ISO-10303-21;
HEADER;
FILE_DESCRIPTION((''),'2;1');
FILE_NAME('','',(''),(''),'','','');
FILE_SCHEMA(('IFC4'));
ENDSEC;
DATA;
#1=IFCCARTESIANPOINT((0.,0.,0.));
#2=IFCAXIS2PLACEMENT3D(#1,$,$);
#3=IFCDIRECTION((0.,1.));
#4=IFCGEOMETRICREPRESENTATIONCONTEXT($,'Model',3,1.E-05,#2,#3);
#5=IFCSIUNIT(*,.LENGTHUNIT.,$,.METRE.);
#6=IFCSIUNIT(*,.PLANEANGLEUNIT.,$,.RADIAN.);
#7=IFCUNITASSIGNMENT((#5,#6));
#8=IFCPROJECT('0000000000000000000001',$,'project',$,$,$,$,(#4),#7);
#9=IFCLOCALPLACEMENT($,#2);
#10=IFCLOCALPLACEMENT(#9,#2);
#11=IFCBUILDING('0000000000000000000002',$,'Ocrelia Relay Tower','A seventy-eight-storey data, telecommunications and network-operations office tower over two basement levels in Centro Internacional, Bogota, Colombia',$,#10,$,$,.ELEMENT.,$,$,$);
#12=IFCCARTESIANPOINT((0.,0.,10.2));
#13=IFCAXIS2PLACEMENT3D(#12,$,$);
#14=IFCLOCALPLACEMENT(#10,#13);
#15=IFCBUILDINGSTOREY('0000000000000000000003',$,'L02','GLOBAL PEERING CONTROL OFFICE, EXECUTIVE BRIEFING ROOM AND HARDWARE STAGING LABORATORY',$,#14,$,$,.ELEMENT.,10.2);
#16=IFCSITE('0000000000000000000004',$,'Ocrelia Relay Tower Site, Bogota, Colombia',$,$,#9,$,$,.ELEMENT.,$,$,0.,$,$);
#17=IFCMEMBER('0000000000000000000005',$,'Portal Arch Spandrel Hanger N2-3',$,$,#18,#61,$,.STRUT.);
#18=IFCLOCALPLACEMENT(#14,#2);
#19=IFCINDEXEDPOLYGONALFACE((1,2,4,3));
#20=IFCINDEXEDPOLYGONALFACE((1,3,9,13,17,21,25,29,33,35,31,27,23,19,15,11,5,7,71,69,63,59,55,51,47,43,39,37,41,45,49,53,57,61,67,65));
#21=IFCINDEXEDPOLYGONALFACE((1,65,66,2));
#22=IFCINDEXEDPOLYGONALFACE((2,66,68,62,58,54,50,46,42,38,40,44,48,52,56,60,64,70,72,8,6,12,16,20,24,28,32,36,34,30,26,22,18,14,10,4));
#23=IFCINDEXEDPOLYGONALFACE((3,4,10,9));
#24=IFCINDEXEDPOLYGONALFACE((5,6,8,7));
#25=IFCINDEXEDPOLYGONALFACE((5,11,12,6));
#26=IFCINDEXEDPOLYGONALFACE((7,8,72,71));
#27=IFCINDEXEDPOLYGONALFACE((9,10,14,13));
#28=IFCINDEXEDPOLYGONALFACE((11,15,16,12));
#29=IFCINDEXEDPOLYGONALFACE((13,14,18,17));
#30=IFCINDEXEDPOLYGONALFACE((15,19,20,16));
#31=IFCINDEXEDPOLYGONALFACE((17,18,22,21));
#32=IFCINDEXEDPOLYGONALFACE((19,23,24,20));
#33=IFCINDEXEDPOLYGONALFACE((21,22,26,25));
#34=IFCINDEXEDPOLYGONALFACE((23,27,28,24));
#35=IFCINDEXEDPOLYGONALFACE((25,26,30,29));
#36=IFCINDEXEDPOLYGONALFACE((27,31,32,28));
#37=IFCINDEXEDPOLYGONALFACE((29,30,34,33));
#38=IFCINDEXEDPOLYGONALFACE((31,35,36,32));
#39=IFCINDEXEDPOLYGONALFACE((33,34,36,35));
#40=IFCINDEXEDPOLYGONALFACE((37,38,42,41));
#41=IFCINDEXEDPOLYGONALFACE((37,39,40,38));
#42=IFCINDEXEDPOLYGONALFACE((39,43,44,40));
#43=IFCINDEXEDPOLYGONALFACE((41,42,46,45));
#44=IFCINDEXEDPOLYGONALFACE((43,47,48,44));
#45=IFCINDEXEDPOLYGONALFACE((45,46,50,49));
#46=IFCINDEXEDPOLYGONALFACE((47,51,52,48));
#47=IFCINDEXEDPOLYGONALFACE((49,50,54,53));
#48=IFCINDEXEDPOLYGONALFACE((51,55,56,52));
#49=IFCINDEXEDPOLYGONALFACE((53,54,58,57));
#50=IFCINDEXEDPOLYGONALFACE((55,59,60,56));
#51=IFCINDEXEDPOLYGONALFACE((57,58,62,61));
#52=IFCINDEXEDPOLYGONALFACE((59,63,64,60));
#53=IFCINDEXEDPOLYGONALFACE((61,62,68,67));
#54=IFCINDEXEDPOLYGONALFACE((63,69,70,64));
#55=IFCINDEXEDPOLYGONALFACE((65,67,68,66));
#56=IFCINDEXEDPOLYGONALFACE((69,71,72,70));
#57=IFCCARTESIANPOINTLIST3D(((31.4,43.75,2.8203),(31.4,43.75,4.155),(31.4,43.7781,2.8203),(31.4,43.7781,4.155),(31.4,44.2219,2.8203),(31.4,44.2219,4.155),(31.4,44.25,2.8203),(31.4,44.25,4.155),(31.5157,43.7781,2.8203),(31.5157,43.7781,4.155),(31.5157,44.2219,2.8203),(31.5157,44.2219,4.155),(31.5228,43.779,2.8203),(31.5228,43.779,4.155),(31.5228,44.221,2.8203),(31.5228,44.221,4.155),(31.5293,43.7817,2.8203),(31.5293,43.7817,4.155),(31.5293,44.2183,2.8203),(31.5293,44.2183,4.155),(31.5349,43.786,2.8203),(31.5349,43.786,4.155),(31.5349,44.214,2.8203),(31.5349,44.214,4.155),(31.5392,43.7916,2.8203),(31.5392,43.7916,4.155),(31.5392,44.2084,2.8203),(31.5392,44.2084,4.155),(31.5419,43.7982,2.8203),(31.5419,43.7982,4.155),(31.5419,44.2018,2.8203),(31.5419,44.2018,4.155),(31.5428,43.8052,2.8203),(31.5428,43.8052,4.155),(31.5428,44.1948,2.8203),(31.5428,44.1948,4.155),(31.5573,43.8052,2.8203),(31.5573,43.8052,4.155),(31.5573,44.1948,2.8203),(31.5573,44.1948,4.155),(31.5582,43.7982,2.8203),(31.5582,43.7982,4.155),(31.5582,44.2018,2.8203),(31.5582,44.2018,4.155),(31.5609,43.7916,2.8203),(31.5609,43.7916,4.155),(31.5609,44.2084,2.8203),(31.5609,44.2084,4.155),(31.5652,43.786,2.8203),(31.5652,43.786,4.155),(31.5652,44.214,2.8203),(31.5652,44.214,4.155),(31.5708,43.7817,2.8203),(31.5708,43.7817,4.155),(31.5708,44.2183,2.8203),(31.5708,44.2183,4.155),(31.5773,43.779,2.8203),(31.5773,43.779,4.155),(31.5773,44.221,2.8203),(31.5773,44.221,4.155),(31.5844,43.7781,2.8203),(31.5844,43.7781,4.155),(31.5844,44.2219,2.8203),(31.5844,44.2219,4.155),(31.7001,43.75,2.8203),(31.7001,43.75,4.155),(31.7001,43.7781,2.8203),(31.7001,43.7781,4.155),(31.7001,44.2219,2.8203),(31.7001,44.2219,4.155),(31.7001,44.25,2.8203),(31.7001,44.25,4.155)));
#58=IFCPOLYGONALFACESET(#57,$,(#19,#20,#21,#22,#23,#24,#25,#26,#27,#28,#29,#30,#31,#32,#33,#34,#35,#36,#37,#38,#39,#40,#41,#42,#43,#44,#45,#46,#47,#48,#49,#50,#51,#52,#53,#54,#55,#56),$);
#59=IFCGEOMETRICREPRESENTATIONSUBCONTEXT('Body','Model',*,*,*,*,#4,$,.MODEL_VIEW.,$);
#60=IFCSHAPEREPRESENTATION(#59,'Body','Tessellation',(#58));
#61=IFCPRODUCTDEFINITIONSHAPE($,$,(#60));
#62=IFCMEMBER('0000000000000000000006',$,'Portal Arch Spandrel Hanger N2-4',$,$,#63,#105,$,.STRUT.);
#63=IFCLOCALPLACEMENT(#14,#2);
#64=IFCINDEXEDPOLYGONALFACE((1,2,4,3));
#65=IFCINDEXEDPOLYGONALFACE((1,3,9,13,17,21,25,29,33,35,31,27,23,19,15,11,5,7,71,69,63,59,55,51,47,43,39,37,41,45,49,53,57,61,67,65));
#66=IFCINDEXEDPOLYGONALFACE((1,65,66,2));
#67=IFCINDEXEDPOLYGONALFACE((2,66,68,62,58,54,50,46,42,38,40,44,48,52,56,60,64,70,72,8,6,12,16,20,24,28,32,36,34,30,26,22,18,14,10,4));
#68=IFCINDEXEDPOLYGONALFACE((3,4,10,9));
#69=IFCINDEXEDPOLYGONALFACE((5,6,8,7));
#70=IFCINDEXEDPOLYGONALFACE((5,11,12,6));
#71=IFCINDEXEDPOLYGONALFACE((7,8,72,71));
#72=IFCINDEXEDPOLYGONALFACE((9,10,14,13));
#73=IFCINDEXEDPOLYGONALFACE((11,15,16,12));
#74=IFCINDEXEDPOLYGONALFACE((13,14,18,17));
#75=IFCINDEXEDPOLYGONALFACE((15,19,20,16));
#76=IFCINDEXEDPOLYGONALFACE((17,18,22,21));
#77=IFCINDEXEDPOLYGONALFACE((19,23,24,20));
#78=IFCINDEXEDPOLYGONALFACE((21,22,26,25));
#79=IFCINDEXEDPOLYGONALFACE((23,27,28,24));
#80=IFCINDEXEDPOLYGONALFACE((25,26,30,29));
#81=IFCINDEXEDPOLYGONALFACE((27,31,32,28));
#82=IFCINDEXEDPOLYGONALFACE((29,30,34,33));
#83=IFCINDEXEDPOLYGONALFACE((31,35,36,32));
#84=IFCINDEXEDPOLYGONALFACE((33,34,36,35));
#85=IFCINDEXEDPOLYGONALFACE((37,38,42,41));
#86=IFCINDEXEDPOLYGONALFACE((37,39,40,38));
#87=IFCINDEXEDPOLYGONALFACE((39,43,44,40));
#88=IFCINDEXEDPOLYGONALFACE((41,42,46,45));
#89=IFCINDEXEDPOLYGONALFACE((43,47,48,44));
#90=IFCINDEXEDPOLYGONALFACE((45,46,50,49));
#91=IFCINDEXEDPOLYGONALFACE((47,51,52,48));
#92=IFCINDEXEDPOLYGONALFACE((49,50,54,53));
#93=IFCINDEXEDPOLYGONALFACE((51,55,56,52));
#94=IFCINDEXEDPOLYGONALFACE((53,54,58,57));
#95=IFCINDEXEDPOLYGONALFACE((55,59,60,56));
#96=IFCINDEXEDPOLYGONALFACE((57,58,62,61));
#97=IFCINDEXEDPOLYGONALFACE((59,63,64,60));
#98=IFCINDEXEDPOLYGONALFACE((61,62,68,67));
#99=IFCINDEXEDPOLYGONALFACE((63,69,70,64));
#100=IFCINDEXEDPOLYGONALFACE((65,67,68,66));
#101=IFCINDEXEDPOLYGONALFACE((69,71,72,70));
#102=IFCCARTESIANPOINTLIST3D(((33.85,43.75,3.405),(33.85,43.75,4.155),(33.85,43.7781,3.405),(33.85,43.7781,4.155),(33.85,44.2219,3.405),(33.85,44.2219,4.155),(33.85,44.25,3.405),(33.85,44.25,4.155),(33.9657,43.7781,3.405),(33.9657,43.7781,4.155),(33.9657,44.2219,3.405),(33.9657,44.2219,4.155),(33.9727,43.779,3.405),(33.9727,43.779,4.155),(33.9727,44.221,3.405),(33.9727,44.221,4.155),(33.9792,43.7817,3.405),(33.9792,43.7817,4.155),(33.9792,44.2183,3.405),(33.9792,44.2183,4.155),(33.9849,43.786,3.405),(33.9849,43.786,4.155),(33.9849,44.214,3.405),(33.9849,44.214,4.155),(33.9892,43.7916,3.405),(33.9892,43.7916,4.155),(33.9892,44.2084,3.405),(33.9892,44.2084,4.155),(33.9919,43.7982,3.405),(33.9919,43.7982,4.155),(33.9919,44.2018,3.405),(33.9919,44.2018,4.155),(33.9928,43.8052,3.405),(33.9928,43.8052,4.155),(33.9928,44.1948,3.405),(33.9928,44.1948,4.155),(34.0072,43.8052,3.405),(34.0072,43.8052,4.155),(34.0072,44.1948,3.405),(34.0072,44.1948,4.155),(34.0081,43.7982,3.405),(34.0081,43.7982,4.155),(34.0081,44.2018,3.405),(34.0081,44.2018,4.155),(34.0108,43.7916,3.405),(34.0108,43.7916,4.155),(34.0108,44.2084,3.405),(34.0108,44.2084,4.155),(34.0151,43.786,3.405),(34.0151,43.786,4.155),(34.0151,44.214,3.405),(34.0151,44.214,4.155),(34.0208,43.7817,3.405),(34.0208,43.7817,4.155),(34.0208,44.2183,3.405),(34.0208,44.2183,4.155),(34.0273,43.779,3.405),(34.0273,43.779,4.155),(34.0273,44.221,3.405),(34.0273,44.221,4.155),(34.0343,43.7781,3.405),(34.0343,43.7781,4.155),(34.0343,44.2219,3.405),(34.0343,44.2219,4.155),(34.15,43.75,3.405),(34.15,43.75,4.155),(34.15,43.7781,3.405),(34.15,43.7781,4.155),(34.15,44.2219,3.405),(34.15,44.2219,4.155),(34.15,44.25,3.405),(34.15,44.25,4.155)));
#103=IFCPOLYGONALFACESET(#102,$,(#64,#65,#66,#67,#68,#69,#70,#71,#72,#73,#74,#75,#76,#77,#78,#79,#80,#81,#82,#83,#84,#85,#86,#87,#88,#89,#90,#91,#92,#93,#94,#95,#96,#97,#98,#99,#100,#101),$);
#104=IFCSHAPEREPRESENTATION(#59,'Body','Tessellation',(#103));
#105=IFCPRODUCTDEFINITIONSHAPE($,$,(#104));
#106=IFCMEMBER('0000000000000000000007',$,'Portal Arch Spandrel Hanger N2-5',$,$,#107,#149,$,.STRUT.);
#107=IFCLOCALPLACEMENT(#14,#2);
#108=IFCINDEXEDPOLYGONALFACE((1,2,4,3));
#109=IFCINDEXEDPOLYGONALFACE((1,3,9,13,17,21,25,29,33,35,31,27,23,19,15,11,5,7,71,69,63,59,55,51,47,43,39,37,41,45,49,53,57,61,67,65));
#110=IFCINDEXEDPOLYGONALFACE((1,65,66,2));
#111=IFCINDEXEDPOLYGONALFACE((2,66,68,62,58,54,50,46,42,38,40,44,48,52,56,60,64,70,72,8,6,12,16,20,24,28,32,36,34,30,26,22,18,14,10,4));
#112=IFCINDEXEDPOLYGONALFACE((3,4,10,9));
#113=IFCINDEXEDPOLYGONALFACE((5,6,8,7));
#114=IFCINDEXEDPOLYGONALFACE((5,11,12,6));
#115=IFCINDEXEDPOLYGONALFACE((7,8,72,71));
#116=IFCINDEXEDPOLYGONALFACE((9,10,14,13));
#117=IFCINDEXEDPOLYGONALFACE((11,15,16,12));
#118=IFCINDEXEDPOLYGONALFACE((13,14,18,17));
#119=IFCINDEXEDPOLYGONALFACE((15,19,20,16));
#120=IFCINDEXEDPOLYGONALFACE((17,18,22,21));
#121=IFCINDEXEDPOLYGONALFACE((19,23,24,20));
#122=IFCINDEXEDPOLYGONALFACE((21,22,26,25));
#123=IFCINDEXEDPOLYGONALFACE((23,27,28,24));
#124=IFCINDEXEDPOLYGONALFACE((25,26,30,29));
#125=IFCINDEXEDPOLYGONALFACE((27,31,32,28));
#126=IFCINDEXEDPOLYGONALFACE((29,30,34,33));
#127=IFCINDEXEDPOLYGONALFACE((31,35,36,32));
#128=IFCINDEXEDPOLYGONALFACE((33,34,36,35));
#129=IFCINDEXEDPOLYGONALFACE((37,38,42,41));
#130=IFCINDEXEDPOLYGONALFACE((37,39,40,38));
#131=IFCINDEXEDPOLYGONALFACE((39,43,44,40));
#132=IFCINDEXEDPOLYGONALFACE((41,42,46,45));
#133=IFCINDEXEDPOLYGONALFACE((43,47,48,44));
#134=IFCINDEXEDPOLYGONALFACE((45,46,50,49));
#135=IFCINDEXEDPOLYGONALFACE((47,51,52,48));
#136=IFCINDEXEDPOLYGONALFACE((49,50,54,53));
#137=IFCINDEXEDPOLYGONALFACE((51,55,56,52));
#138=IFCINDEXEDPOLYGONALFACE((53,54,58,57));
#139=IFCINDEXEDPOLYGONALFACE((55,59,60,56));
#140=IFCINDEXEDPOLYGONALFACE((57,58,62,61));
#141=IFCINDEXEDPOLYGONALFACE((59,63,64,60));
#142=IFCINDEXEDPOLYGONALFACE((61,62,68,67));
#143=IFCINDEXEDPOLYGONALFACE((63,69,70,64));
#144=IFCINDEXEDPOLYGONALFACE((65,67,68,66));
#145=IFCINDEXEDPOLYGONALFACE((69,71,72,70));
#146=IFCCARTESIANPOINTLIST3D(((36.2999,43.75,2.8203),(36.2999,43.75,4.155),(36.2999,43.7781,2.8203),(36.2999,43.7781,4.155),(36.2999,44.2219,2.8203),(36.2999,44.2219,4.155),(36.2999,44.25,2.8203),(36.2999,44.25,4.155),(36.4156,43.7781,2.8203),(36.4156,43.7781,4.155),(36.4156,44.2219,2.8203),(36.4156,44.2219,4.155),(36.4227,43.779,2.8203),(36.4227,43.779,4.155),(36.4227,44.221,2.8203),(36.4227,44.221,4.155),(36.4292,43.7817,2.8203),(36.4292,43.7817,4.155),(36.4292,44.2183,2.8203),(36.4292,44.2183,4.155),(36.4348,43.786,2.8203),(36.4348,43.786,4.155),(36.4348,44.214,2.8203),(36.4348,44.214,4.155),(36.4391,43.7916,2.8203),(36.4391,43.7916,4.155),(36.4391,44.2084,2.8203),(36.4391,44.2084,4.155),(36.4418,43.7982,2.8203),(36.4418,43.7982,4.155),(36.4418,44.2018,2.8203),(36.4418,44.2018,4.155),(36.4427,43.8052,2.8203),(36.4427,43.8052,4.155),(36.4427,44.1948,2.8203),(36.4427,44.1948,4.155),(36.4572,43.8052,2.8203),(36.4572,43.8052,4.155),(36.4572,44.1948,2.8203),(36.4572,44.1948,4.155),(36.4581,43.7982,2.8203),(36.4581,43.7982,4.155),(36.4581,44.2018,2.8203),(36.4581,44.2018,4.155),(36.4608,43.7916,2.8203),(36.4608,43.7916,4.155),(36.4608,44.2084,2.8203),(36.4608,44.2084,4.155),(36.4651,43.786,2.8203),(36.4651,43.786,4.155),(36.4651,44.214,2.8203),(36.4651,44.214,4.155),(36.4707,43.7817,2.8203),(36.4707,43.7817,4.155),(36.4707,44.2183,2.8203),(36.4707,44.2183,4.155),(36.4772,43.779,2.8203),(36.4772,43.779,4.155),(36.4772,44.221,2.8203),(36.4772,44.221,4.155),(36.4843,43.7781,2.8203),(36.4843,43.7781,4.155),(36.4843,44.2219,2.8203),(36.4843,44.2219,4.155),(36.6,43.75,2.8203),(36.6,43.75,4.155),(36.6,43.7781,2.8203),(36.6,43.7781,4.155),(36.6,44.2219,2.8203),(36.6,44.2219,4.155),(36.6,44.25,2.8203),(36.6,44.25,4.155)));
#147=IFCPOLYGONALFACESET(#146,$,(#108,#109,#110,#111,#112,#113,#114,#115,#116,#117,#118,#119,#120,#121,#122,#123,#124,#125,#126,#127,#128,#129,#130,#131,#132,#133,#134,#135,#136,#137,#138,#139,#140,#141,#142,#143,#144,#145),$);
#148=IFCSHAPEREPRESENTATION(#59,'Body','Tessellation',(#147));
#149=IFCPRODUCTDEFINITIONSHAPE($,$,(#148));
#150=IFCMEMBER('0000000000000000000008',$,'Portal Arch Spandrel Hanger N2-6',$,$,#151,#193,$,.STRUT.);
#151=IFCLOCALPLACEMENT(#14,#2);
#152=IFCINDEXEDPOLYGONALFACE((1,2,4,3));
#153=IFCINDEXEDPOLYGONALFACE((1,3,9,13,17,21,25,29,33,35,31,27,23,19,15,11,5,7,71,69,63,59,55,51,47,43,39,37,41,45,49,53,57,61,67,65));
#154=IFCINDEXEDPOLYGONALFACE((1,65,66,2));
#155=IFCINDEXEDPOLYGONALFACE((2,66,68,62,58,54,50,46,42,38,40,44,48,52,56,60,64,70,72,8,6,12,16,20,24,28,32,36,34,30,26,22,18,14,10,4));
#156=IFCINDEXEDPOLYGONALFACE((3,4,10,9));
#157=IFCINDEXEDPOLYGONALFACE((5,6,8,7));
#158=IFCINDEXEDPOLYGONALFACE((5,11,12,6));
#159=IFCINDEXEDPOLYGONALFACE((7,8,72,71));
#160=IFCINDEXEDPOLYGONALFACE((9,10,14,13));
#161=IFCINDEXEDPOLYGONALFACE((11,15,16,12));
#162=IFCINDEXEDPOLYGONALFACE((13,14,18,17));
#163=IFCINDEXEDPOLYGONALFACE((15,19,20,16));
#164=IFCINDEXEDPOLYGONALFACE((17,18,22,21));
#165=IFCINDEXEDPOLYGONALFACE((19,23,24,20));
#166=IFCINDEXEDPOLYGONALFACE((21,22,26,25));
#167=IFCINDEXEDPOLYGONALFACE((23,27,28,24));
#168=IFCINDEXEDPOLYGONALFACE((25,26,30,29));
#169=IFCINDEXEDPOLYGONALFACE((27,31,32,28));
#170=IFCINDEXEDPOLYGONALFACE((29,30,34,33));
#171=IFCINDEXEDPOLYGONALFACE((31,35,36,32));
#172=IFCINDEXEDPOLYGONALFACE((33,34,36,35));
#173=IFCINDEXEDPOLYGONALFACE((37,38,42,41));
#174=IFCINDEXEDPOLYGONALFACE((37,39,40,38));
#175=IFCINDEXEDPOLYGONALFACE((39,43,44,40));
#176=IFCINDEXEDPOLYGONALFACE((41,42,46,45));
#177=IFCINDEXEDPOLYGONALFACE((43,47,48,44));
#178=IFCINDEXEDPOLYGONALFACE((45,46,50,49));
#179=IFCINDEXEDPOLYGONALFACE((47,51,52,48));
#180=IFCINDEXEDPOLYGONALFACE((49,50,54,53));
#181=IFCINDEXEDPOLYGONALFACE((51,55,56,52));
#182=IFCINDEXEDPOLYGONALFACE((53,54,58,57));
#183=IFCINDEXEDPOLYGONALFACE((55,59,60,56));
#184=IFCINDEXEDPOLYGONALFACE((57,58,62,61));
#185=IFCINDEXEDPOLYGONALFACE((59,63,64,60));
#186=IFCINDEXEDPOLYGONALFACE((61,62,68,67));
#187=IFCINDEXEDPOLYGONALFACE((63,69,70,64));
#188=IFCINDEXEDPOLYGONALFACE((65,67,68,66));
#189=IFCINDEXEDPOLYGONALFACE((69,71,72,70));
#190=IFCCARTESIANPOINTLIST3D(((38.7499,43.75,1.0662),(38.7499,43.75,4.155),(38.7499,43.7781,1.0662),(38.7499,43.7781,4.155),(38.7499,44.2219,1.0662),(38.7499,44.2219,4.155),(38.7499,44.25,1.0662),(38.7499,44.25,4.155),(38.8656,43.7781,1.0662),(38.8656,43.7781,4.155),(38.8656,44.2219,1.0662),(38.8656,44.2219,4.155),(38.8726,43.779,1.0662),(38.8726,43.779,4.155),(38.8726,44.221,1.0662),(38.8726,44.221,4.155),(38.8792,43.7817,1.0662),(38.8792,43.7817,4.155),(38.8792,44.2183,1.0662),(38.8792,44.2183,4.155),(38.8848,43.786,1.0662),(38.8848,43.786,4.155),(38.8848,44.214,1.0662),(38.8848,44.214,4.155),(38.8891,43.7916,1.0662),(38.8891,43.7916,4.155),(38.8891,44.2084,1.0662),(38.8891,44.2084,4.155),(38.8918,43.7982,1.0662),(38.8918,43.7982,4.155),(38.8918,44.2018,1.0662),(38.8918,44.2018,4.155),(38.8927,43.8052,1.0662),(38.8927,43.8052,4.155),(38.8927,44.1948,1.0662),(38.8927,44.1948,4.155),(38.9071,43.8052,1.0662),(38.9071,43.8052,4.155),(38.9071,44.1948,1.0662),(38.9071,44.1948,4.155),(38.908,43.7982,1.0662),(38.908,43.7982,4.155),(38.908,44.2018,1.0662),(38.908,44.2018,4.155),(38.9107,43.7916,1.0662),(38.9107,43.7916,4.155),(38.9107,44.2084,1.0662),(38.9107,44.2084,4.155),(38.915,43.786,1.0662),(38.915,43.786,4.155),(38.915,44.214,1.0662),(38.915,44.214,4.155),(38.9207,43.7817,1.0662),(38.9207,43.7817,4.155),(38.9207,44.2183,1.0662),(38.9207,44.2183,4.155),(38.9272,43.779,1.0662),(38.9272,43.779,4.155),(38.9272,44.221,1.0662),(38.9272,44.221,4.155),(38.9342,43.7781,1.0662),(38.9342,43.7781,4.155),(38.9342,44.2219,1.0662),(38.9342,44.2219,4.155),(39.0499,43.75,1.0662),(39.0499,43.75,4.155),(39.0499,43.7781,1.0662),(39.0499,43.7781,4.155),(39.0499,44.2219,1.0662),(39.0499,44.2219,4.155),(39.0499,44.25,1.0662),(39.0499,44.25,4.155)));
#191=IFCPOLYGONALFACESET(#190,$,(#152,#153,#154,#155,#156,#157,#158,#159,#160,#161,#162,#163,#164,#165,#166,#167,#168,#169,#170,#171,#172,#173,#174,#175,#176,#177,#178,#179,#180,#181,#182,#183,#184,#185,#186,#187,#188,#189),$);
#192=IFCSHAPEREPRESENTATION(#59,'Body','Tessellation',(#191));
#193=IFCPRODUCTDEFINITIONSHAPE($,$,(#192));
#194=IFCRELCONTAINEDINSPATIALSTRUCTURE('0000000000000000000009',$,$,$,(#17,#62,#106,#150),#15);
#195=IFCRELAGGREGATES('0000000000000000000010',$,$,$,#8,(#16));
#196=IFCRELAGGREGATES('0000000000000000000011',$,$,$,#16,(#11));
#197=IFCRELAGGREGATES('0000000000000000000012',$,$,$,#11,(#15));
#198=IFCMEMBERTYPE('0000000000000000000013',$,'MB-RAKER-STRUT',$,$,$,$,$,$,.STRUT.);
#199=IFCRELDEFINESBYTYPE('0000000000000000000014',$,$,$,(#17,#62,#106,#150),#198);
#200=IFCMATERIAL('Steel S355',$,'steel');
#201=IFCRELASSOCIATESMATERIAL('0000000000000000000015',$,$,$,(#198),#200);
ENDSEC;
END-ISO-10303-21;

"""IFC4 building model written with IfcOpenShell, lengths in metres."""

from ifc_helpers import new_model, si_unit, direction, frame, origin, origin_2d, place, context, subcontext, project, spatial, i_section, extrude, material, material_profile, profile_set, type_object, element, save


model = new_model("IFC4")

# Units and contexts
model_context = context("Model", 3, precision=1e-05, world=origin(), true_north=direction((0.0, 1.0)))
body_context = subcontext(model_context, "Body", "Model", "MODEL_VIEW")
ifc_project = project(units=[si_unit("LENGTHUNIT", "METRE"), si_unit("PLANEANGLEUNIT", "RADIAN")], contexts=[model_context])

# Site, building, storey
site_placement = place(None, origin())
site = spatial("IfcSite", under=ifc_project, at=site_placement, Name="Ocrelia Relay Tower Site, Bogota, Colombia", CompositionType="ELEMENT", RefElevation=0.0)
building_placement = place(site_placement, origin())
building = spatial("IfcBuilding", under=site, at=building_placement, Name="Ocrelia Relay Tower", Description="A seventy-eight-storey data, telecommunications and network-operations office tower over two basement levels in Centro Internacional, Bogota, Colombia", CompositionType="ELEMENT")
storey_placement = place(building_placement, frame((0.0, 0.0, 10.2)))
storey = spatial("IfcBuildingStorey", under=building, at=storey_placement, Name="L02", Description="GLOBAL PEERING CONTROL OFFICE, EXECUTIVE BRIEFING ROOM AND HARDWARE STAGING LABORATORY", CompositionType="ELEMENT", Elevation=10.2)

# Shared definitions
ifc_material_1 = material(Name="Steel S355", Category="steel")

# Members
ifc_material_profile_1 = material_profile(ifc_material_1, i_section(OverallWidth=0.3, OverallDepth=0.5, WebThickness=0.0144, FlangeThickness=0.0281, FilletRadius=0.0271, at=origin_2d()), Name="HEB 500")
ifc_profile_set_1 = profile_set([ifc_material_profile_1], Name="Steel S355")
member_type_1 = type_object("IfcMemberType", Name="MB-RAKER-STRUT", PredefinedType="STRUT", material=ifc_profile_set_1)
member_1_placement = place(storey_placement, frame((31.55, 44.0, 2.8203), z_axis=(0.0, 0.0, 1.0), x_axis=(1.0, 0.0, 0.0)))
element("IfcMember", 1, at=member_1_placement, inside=storey, type_object=member_type_1, Name="Portal Arch Spandrel Hanger N2-3", PredefinedType="STRUT", context=body_context, shape_type="SweptSolid", body=[
    extrude(i_section(OverallWidth=0.3, OverallDepth=0.5, WebThickness=0.0144, FlangeThickness=0.0281, FilletRadius=0.0271, at=origin_2d()), origin(), (0.0, 0.0, 1.0), 1.3347),
])
member_2_placement = place(storey_placement, frame((34.0, 44.0, 3.405), z_axis=(0.0, 0.0, 1.0), x_axis=(1.0, 0.0, 0.0)))
element("IfcMember", 2, at=member_2_placement, inside=storey, type_object=member_type_1, Name="Portal Arch Spandrel Hanger N2-4", PredefinedType="STRUT", context=body_context, shape_type="SweptSolid", body=[
    extrude(i_section(OverallWidth=0.3, OverallDepth=0.5, WebThickness=0.0144, FlangeThickness=0.0281, FilletRadius=0.0271, at=origin_2d()), origin(), (0.0, 0.0, 1.0), 0.75),
])
member_3_placement = place(storey_placement, frame((36.45, 44.0, 2.8203), z_axis=(0.0, 0.0, 1.0), x_axis=(1.0, 0.0, 0.0)))
element("IfcMember", 3, at=member_3_placement, inside=storey, type_object=member_type_1, Name="Portal Arch Spandrel Hanger N2-5", PredefinedType="STRUT", context=body_context, shape_type="SweptSolid", body=[
    extrude(i_section(OverallWidth=0.3, OverallDepth=0.5, WebThickness=0.0144, FlangeThickness=0.0281, FilletRadius=0.0271, at=origin_2d()), origin(), (0.0, 0.0, 1.0), 1.3347),
])
member_4_placement = place(storey_placement, frame((38.8999, 44.0, 1.0662), z_axis=(0.0, 0.0, 1.0), x_axis=(1.0, 0.0, 0.0)))
element("IfcMember", 4, at=member_4_placement, inside=storey, type_object=member_type_1, Name="Portal Arch Spandrel Hanger N2-6", PredefinedType="STRUT", context=body_context, shape_type="SweptSolid", body=[
    extrude(i_section(OverallWidth=0.3, OverallDepth=0.5, WebThickness=0.0144, FlangeThickness=0.0281, FilletRadius=0.0271, at=origin_2d()), origin(), (0.0, 0.0, 1.0), 3.0889),
])

save(model, "model.ifc")
